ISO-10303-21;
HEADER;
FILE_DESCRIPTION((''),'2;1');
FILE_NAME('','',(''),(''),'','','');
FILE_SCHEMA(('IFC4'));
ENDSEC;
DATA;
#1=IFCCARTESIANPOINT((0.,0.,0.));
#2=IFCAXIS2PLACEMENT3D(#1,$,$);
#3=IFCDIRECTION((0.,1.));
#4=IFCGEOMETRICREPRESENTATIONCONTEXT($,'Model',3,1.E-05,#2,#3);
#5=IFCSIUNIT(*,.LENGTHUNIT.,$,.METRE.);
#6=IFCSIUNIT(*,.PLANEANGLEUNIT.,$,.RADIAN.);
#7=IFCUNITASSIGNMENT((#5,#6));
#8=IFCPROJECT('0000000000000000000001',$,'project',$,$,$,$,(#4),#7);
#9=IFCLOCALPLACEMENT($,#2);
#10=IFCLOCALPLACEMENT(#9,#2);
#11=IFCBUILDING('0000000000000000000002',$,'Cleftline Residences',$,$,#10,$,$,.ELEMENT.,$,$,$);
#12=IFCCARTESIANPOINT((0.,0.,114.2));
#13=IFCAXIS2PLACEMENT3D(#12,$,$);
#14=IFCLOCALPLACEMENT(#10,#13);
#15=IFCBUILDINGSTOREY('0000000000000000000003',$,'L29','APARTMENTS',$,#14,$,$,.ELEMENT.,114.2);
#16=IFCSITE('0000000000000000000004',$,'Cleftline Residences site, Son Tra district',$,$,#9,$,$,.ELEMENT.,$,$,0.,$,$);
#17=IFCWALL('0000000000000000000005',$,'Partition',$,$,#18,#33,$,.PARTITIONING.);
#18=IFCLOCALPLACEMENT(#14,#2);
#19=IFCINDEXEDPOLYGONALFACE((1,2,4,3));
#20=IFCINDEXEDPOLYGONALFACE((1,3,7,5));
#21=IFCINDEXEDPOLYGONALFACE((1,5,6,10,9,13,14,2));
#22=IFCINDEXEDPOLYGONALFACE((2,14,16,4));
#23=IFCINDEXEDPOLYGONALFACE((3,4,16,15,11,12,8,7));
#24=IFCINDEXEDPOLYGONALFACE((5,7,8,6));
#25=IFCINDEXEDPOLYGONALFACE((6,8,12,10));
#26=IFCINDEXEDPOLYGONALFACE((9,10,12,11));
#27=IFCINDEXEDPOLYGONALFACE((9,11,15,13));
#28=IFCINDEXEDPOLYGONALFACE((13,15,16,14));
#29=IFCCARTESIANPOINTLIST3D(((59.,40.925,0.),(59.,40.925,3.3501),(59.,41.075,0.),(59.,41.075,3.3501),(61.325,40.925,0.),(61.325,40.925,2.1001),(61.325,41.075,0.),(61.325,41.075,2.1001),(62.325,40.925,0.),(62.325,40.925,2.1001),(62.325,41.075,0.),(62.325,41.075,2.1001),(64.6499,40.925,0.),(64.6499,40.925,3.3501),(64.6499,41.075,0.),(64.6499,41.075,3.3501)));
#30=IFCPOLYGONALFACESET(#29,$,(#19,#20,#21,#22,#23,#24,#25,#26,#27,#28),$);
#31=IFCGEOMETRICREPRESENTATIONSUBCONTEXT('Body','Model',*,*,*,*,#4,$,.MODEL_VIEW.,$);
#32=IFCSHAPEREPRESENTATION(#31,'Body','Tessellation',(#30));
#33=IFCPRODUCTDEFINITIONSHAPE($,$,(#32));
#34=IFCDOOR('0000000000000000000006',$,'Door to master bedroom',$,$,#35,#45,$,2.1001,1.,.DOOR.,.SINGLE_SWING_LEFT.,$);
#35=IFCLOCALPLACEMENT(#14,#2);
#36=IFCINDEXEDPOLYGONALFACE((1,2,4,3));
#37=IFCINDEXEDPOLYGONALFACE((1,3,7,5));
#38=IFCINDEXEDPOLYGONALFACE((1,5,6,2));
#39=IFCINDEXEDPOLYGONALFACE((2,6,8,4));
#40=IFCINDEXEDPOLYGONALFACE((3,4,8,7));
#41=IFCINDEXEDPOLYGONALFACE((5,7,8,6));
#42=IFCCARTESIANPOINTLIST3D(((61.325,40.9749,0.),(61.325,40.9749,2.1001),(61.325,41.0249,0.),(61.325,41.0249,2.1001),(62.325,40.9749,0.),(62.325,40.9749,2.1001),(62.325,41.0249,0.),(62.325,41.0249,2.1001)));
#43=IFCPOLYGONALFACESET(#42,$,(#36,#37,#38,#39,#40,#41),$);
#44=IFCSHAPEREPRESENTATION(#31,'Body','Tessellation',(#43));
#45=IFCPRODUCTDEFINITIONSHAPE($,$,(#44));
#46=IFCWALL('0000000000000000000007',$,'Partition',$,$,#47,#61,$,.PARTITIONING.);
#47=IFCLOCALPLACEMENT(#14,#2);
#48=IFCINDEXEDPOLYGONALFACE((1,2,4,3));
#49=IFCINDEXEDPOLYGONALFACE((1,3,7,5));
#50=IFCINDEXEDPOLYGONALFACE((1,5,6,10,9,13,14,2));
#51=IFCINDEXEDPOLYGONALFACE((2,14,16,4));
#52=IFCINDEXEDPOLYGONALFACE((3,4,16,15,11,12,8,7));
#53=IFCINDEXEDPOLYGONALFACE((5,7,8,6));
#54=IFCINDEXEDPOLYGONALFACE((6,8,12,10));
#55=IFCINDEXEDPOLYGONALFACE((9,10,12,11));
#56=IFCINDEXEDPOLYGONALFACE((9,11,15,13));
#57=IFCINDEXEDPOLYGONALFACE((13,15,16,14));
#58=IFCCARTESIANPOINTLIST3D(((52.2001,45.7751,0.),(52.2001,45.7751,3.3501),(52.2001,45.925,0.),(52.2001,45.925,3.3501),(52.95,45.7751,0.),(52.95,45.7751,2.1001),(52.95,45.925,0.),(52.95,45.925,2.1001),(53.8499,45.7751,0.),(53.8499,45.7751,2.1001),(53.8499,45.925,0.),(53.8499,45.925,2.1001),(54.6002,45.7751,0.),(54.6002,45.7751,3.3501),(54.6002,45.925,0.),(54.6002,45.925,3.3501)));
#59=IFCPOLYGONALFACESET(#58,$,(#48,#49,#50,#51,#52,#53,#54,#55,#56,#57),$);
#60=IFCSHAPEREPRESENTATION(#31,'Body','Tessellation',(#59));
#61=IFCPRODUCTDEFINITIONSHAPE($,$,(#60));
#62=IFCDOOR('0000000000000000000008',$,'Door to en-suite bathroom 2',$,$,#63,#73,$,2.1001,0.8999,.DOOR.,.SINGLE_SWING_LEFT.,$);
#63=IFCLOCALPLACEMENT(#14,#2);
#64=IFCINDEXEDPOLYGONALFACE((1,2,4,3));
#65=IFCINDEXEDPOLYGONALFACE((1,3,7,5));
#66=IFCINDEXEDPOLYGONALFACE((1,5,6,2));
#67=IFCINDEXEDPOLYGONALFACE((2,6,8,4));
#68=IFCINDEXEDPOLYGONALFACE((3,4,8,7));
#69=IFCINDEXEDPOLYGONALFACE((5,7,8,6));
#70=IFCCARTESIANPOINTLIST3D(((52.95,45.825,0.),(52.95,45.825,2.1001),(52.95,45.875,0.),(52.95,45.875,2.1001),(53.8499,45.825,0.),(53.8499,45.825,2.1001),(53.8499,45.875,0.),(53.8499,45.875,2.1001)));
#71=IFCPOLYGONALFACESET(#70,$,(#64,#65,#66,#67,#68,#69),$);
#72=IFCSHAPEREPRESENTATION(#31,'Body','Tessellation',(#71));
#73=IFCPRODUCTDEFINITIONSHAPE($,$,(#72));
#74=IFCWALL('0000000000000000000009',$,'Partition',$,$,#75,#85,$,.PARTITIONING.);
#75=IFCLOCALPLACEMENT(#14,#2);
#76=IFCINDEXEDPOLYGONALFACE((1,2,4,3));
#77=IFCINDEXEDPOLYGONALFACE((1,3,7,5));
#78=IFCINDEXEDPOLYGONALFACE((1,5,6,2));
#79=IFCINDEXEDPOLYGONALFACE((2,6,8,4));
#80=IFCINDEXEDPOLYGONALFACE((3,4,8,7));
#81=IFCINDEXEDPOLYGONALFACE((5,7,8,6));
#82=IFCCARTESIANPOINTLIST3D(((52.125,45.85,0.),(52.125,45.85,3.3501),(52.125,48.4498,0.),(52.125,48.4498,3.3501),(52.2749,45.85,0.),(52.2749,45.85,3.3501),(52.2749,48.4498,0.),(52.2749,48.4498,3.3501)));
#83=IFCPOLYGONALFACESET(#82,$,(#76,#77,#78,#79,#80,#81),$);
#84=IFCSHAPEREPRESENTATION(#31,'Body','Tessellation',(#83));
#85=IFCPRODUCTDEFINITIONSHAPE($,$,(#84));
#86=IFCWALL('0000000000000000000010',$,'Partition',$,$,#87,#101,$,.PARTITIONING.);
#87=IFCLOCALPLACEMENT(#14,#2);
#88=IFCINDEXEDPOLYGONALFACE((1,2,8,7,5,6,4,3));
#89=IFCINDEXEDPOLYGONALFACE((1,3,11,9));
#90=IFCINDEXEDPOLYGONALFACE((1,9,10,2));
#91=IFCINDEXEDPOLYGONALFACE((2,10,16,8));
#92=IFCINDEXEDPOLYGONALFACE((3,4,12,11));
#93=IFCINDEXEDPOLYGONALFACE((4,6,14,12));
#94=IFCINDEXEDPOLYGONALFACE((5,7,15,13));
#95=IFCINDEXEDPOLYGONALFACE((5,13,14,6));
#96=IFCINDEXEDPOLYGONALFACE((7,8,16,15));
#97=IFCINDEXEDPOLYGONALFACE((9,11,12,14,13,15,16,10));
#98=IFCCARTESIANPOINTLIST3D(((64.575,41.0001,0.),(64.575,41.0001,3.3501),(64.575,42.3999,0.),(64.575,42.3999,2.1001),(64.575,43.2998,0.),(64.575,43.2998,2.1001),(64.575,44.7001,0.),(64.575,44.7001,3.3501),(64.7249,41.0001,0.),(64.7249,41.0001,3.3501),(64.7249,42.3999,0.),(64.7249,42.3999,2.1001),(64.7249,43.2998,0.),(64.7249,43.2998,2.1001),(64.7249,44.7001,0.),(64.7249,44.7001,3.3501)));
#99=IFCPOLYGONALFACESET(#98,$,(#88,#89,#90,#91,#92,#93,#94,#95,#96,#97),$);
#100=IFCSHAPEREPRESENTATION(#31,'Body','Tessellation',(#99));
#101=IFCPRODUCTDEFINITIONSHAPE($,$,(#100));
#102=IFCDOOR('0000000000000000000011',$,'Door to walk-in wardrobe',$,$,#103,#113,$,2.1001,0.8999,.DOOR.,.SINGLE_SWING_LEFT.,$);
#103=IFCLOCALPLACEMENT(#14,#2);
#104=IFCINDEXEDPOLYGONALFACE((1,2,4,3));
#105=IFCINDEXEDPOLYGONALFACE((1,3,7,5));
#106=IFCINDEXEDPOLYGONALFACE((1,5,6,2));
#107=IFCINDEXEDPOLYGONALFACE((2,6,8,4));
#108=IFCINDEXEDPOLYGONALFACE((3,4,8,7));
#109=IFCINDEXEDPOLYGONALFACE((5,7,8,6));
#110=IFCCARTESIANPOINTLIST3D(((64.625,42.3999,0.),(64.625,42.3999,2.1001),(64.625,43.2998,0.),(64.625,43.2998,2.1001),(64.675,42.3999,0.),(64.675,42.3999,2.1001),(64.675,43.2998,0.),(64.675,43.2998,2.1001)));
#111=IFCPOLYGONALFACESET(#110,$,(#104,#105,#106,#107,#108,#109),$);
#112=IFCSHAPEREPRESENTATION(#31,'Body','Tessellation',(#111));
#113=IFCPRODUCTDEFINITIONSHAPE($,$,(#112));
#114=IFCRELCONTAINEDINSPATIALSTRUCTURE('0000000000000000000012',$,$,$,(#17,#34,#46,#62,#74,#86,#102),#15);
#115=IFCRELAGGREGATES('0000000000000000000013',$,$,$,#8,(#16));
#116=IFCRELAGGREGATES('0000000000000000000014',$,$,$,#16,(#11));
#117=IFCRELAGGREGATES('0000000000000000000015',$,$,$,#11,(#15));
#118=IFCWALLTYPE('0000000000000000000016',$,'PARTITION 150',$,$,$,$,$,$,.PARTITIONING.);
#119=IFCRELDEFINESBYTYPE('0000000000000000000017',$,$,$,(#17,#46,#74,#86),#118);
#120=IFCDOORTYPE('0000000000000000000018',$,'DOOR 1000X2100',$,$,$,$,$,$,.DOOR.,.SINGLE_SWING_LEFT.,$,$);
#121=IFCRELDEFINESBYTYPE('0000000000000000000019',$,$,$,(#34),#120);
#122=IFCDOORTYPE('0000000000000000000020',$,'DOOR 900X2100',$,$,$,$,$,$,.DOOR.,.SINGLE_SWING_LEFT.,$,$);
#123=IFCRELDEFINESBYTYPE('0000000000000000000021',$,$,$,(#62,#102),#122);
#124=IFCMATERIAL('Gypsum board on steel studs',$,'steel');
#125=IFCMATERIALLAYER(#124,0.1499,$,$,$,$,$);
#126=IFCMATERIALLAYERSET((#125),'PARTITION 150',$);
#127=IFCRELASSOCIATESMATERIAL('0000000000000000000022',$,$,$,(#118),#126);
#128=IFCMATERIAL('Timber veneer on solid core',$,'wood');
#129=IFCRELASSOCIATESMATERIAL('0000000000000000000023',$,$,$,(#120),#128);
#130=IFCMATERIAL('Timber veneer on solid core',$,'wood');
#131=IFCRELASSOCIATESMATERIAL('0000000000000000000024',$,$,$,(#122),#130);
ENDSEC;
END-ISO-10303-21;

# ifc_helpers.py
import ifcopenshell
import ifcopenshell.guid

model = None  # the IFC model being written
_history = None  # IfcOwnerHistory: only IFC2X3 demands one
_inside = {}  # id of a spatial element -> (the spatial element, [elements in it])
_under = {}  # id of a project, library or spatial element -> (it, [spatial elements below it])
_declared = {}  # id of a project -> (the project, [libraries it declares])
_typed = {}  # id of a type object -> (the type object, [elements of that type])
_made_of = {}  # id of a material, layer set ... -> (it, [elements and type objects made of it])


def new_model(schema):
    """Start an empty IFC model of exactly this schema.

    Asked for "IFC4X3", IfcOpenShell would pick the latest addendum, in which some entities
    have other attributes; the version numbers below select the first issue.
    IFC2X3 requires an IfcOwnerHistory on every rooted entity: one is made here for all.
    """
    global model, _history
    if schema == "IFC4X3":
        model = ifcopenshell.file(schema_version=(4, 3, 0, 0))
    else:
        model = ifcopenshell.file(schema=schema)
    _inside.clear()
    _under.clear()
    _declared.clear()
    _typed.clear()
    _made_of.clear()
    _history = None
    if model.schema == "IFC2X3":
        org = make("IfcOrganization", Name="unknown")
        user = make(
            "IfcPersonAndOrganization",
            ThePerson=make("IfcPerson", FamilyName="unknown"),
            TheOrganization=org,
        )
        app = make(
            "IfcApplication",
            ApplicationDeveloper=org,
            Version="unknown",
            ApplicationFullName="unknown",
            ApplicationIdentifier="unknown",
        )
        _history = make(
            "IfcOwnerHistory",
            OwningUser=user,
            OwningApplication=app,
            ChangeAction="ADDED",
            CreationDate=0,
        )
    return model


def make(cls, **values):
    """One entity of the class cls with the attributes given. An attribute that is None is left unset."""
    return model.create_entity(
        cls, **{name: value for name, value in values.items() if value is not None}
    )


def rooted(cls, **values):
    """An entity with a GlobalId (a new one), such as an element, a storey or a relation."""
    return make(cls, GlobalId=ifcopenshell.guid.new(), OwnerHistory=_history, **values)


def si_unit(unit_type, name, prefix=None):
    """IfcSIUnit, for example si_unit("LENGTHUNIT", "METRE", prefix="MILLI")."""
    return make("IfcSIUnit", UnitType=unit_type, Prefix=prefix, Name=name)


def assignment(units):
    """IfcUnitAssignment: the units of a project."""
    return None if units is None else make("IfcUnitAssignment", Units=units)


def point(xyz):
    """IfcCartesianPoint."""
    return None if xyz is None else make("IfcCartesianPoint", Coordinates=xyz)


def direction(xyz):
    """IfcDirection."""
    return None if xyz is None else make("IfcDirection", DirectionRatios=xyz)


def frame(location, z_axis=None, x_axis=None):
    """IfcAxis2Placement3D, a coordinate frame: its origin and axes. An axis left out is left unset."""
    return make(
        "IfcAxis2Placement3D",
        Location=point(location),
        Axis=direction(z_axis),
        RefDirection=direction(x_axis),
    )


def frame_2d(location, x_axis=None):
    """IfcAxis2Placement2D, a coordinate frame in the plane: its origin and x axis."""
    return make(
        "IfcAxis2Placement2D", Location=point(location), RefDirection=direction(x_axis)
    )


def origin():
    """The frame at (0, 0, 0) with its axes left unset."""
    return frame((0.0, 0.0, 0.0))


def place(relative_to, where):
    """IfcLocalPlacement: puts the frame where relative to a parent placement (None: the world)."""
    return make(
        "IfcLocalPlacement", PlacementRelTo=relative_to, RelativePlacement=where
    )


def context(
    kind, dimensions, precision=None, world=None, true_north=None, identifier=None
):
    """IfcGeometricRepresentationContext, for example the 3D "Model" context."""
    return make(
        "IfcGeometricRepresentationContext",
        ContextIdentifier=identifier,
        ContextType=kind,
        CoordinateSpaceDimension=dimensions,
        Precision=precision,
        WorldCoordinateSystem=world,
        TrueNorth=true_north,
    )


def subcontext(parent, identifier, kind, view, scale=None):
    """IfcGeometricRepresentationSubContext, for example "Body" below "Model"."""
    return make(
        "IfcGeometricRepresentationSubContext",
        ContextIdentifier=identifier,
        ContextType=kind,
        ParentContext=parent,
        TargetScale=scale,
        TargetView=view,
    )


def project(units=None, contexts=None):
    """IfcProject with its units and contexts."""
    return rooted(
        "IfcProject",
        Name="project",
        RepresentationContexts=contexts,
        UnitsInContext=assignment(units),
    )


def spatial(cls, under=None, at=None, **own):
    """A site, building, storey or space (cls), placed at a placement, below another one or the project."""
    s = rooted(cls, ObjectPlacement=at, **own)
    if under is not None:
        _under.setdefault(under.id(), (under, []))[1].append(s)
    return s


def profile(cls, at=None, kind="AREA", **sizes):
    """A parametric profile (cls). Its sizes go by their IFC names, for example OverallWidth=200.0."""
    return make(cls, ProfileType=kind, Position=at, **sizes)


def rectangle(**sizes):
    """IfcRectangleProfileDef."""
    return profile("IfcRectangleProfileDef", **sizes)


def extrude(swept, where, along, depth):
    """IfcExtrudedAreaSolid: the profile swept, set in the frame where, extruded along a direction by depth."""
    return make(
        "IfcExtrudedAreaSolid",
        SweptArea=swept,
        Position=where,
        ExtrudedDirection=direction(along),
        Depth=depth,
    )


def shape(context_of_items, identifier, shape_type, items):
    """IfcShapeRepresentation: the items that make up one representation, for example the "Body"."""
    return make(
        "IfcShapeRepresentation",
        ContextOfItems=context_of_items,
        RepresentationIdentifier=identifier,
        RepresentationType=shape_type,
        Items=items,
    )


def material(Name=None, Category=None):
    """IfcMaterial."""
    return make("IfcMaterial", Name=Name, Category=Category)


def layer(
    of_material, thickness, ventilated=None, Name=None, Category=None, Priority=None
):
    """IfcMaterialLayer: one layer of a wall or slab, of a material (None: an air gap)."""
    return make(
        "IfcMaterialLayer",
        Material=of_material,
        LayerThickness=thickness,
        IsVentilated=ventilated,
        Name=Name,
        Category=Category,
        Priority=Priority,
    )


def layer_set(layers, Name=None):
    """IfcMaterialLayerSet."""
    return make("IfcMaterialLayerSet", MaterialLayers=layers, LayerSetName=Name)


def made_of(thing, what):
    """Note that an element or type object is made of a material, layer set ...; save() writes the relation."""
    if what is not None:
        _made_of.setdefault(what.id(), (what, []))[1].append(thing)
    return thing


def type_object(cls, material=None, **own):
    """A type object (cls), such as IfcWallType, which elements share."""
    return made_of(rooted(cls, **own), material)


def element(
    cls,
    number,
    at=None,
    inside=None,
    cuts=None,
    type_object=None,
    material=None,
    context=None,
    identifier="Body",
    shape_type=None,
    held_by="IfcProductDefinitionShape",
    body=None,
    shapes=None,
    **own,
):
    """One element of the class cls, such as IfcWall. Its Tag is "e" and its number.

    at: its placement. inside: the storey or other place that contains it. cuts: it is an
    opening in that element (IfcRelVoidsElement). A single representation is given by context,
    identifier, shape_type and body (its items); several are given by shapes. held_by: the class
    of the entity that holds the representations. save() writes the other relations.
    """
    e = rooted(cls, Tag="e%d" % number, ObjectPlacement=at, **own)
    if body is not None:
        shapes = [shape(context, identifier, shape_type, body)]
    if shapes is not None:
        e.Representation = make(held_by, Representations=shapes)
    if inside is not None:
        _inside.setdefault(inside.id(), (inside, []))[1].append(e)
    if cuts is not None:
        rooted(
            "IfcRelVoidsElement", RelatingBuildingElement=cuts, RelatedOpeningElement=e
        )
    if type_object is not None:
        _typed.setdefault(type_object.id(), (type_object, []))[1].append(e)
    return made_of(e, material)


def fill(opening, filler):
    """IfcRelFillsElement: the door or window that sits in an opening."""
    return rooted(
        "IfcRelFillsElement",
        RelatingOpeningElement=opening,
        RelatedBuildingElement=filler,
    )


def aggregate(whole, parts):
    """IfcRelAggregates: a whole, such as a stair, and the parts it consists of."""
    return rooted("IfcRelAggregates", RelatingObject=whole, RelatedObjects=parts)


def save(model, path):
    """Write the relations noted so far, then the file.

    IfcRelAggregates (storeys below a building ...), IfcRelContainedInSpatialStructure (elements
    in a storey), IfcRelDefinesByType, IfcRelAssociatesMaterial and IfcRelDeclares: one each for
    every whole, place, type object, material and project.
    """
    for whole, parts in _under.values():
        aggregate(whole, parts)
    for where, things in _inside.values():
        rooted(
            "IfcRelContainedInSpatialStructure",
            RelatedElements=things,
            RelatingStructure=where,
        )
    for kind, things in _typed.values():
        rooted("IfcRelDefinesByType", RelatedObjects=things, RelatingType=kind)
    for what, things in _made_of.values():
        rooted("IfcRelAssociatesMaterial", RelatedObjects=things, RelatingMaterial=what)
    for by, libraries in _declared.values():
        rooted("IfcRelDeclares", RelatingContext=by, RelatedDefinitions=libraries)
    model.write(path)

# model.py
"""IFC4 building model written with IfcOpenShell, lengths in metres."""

from ifc_helpers import new_model, si_unit, direction, frame, frame_2d, origin, place, context, subcontext, project, spatial, rectangle, extrude, material, layer, layer_set, type_object, element, fill, save


model = new_model("IFC4")

# Units and contexts
model_context = context("Model", 3, precision=1e-05, world=origin(), true_north=direction((0.0, 1.0)))
body_context = subcontext(model_context, "Body", "Model", "MODEL_VIEW")
ifc_project = project(units=[si_unit("LENGTHUNIT", "METRE"), si_unit("PLANEANGLEUNIT", "RADIAN")], contexts=[model_context])

# Site, building, storey
site_placement = place(None, origin())
site = spatial("IfcSite", under=ifc_project, at=site_placement, Name="Cleftline Residences site, Son Tra district", CompositionType="ELEMENT", RefElevation=0.0)
building_placement = place(site_placement, origin())
building = spatial("IfcBuilding", under=site, at=building_placement, Name="Cleftline Residences", CompositionType="ELEMENT")
storey_placement = place(building_placement, frame((0.0, 0.0, 114.2)))
storey = spatial("IfcBuildingStorey", under=building, at=storey_placement, Name="L29", Description="APARTMENTS", CompositionType="ELEMENT", Elevation=114.2)

# Walls, openings, doors
ifc_material_1 = material(Name="Gypsum board on steel studs", Category="steel")
ifc_layer_1 = layer(ifc_material_1, 0.1499)
ifc_layer_set_1 = layer_set([ifc_layer_1], Name="PARTITION 150")
wall_type_1 = type_object("IfcWallType", Name="PARTITION 150", PredefinedType="PARTITIONING", material=ifc_layer_set_1)
wall_1_placement = place(storey_placement, frame((59.0, 41.0, 0.0), z_axis=(0.0, 0.0, 1.0), x_axis=(1.0, 0.0, 0.0)))
wall_1 = element("IfcWall", 1, at=wall_1_placement, inside=storey, type_object=wall_type_1, Name="Partition", PredefinedType="PARTITIONING", context=body_context, shape_type="SweptSolid", body=[
    extrude(rectangle(XDim=5.6499, YDim=0.1499, at=frame_2d((2.825, 0.0))), origin(), (0.0, 0.0, 1.0), 3.3501),
])
opening_1_placement = place(wall_1_placement, frame((2.325, 0.0, 0.0)))
opening_1 = element("IfcOpeningElement", 2, at=opening_1_placement, cuts=wall_1, PredefinedType="OPENING", context=body_context, shape_type="SweptSolid", body=[
    extrude(rectangle(XDim=1.0, YDim=2.1001, at=frame_2d((0.5, 1.05))), frame((0.0, 0.085, 0.0), z_axis=(0.0, -1.0, 0.0), x_axis=(1.0, 0.0, 0.0)), (0.0, 0.0, 1.0), 0.1699),
])
ifc_material_2 = material(Name="Timber veneer on solid core", Category="wood")
door_type_1 = type_object("IfcDoorType", Name="DOOR 1000X2100", OperationType="SINGLE_SWING_LEFT", PredefinedType="DOOR", material=ifc_material_2)
door_1_placement = place(opening_1_placement, origin())
door_1 = element("IfcDoor", 3, at=door_1_placement, inside=storey, type_object=door_type_1, Name="Door to master bedroom", OperationType="SINGLE_SWING_LEFT", OverallHeight=2.1001, OverallWidth=1.0, PredefinedType="DOOR", context=body_context, shape_type="SweptSolid", body=[
    extrude(rectangle(XDim=1.0, YDim=2.1001, at=frame_2d((0.5, 1.05))), frame((0.0, 0.0249, 0.0), z_axis=(0.0, -1.0, 0.0), x_axis=(1.0, 0.0, 0.0)), (0.0, 0.0, 1.0), 0.05),
])
fill(opening_1, door_1)
wall_2_placement = place(storey_placement, frame((52.2, 45.8501, 0.0), z_axis=(0.0, 0.0, 1.0), x_axis=(1.0, 0.0, 0.0)))
wall_2 = element("IfcWall", 4, at=wall_2_placement, inside=storey, type_object=wall_type_1, Name="Partition", PredefinedType="PARTITIONING", context=body_context, shape_type="SweptSolid", body=[
    extrude(rectangle(XDim=2.4001, YDim=0.1499, at=frame_2d((1.2002, 0.0))), origin(), (0.0, 0.0, 1.0), 3.3501),
])
opening_2_placement = place(wall_2_placement, frame((0.75, 0.0, 0.0)))
opening_2 = element("IfcOpeningElement", 5, at=opening_2_placement, cuts=wall_2, PredefinedType="OPENING", context=body_context, shape_type="SweptSolid", body=[
    extrude(rectangle(XDim=0.8999, YDim=2.1001, at=frame_2d((0.45, 1.05))), frame((0.0, 0.085, 0.0), z_axis=(0.0, -1.0, 0.0), x_axis=(1.0, 0.0, 0.0)), (0.0, 0.0, 1.0), 0.1699),
])
ifc_material_3 = material(Name="Timber veneer on solid core", Category="wood")
door_type_2 = type_object("IfcDoorType", Name="DOOR 900X2100", OperationType="SINGLE_SWING_LEFT", PredefinedType="DOOR", material=ifc_material_3)
door_2_placement = place(opening_2_placement, origin())
door_2 = element("IfcDoor", 6, at=door_2_placement, inside=storey, type_object=door_type_2, Name="Door to en-suite bathroom 2", OperationType="SINGLE_SWING_LEFT", OverallHeight=2.1001, OverallWidth=0.8999, PredefinedType="DOOR", context=body_context, shape_type="SweptSolid", body=[
    extrude(rectangle(XDim=0.8999, YDim=2.1001, at=frame_2d((0.45, 1.05))), frame((0.0, 0.0249, 0.0), z_axis=(0.0, -1.0, 0.0), x_axis=(1.0, 0.0, 0.0)), (0.0, 0.0, 1.0), 0.05),
])
fill(opening_2, door_2)

# Wall
wall_3_placement = place(storey_placement, frame((52.2, 45.8501, 0.0), z_axis=(0.0, 0.0, 1.0), x_axis=(0.0, 1.0, 0.0)))
element("IfcWall", 7, at=wall_3_placement, inside=storey, type_object=wall_type_1, Name="Partition", PredefinedType="PARTITIONING", context=body_context, shape_type="SweptSolid", body=[
    extrude(rectangle(XDim=2.5999, YDim=0.1499, at=frame_2d((1.2998, 0.0))), origin(), (0.0, 0.0, 1.0), 3.3501),
])

# Wall, opening, door
wall_4_placement = place(storey_placement, frame((64.6499, 41.0, 0.0), z_axis=(0.0, 0.0, 1.0), x_axis=(0.0, 1.0, 0.0)))
wall_4 = element("IfcWall", 8, at=wall_4_placement, inside=storey, type_object=wall_type_1, Name="Partition", PredefinedType="PARTITIONING", context=body_context, shape_type="SweptSolid", body=[
    extrude(rectangle(XDim=3.7, YDim=0.1499, at=frame_2d((1.8501, 0.0))), origin(), (0.0, 0.0, 1.0), 3.3501),
])
opening_3_placement = place(wall_4_placement, frame((1.3999, 0.0, 0.0)))
opening_3 = element("IfcOpeningElement", 9, at=opening_3_placement, cuts=wall_4, PredefinedType="OPENING", context=body_context, shape_type="SweptSolid", body=[
    extrude(rectangle(XDim=0.8999, YDim=2.1001, at=frame_2d((0.45, 1.05))), frame((0.0, 0.085, 0.0), z_axis=(0.0, -1.0, 0.0), x_axis=(1.0, 0.0, 0.0)), (0.0, 0.0, 1.0), 0.1699),
])
door_3_placement = place(opening_3_placement, origin())
door_3 = element("IfcDoor", 10, at=door_3_placement, inside=storey, type_object=door_type_2, Name="Door to walk-in wardrobe", OperationType="SINGLE_SWING_LEFT", OverallHeight=2.1001, OverallWidth=0.8999, PredefinedType="DOOR", context=body_context, shape_type="SweptSolid", body=[
    extrude(rectangle(XDim=0.8999, YDim=2.1001, at=frame_2d((0.45, 1.05))), frame((0.0, 0.0249, 0.0), z_axis=(0.0, -1.0, 0.0), x_axis=(1.0, 0.0, 0.0)), (0.0, 0.0, 1.0), 0.05),
])
fill(opening_3, door_3)

save(model, "model.ifc")
